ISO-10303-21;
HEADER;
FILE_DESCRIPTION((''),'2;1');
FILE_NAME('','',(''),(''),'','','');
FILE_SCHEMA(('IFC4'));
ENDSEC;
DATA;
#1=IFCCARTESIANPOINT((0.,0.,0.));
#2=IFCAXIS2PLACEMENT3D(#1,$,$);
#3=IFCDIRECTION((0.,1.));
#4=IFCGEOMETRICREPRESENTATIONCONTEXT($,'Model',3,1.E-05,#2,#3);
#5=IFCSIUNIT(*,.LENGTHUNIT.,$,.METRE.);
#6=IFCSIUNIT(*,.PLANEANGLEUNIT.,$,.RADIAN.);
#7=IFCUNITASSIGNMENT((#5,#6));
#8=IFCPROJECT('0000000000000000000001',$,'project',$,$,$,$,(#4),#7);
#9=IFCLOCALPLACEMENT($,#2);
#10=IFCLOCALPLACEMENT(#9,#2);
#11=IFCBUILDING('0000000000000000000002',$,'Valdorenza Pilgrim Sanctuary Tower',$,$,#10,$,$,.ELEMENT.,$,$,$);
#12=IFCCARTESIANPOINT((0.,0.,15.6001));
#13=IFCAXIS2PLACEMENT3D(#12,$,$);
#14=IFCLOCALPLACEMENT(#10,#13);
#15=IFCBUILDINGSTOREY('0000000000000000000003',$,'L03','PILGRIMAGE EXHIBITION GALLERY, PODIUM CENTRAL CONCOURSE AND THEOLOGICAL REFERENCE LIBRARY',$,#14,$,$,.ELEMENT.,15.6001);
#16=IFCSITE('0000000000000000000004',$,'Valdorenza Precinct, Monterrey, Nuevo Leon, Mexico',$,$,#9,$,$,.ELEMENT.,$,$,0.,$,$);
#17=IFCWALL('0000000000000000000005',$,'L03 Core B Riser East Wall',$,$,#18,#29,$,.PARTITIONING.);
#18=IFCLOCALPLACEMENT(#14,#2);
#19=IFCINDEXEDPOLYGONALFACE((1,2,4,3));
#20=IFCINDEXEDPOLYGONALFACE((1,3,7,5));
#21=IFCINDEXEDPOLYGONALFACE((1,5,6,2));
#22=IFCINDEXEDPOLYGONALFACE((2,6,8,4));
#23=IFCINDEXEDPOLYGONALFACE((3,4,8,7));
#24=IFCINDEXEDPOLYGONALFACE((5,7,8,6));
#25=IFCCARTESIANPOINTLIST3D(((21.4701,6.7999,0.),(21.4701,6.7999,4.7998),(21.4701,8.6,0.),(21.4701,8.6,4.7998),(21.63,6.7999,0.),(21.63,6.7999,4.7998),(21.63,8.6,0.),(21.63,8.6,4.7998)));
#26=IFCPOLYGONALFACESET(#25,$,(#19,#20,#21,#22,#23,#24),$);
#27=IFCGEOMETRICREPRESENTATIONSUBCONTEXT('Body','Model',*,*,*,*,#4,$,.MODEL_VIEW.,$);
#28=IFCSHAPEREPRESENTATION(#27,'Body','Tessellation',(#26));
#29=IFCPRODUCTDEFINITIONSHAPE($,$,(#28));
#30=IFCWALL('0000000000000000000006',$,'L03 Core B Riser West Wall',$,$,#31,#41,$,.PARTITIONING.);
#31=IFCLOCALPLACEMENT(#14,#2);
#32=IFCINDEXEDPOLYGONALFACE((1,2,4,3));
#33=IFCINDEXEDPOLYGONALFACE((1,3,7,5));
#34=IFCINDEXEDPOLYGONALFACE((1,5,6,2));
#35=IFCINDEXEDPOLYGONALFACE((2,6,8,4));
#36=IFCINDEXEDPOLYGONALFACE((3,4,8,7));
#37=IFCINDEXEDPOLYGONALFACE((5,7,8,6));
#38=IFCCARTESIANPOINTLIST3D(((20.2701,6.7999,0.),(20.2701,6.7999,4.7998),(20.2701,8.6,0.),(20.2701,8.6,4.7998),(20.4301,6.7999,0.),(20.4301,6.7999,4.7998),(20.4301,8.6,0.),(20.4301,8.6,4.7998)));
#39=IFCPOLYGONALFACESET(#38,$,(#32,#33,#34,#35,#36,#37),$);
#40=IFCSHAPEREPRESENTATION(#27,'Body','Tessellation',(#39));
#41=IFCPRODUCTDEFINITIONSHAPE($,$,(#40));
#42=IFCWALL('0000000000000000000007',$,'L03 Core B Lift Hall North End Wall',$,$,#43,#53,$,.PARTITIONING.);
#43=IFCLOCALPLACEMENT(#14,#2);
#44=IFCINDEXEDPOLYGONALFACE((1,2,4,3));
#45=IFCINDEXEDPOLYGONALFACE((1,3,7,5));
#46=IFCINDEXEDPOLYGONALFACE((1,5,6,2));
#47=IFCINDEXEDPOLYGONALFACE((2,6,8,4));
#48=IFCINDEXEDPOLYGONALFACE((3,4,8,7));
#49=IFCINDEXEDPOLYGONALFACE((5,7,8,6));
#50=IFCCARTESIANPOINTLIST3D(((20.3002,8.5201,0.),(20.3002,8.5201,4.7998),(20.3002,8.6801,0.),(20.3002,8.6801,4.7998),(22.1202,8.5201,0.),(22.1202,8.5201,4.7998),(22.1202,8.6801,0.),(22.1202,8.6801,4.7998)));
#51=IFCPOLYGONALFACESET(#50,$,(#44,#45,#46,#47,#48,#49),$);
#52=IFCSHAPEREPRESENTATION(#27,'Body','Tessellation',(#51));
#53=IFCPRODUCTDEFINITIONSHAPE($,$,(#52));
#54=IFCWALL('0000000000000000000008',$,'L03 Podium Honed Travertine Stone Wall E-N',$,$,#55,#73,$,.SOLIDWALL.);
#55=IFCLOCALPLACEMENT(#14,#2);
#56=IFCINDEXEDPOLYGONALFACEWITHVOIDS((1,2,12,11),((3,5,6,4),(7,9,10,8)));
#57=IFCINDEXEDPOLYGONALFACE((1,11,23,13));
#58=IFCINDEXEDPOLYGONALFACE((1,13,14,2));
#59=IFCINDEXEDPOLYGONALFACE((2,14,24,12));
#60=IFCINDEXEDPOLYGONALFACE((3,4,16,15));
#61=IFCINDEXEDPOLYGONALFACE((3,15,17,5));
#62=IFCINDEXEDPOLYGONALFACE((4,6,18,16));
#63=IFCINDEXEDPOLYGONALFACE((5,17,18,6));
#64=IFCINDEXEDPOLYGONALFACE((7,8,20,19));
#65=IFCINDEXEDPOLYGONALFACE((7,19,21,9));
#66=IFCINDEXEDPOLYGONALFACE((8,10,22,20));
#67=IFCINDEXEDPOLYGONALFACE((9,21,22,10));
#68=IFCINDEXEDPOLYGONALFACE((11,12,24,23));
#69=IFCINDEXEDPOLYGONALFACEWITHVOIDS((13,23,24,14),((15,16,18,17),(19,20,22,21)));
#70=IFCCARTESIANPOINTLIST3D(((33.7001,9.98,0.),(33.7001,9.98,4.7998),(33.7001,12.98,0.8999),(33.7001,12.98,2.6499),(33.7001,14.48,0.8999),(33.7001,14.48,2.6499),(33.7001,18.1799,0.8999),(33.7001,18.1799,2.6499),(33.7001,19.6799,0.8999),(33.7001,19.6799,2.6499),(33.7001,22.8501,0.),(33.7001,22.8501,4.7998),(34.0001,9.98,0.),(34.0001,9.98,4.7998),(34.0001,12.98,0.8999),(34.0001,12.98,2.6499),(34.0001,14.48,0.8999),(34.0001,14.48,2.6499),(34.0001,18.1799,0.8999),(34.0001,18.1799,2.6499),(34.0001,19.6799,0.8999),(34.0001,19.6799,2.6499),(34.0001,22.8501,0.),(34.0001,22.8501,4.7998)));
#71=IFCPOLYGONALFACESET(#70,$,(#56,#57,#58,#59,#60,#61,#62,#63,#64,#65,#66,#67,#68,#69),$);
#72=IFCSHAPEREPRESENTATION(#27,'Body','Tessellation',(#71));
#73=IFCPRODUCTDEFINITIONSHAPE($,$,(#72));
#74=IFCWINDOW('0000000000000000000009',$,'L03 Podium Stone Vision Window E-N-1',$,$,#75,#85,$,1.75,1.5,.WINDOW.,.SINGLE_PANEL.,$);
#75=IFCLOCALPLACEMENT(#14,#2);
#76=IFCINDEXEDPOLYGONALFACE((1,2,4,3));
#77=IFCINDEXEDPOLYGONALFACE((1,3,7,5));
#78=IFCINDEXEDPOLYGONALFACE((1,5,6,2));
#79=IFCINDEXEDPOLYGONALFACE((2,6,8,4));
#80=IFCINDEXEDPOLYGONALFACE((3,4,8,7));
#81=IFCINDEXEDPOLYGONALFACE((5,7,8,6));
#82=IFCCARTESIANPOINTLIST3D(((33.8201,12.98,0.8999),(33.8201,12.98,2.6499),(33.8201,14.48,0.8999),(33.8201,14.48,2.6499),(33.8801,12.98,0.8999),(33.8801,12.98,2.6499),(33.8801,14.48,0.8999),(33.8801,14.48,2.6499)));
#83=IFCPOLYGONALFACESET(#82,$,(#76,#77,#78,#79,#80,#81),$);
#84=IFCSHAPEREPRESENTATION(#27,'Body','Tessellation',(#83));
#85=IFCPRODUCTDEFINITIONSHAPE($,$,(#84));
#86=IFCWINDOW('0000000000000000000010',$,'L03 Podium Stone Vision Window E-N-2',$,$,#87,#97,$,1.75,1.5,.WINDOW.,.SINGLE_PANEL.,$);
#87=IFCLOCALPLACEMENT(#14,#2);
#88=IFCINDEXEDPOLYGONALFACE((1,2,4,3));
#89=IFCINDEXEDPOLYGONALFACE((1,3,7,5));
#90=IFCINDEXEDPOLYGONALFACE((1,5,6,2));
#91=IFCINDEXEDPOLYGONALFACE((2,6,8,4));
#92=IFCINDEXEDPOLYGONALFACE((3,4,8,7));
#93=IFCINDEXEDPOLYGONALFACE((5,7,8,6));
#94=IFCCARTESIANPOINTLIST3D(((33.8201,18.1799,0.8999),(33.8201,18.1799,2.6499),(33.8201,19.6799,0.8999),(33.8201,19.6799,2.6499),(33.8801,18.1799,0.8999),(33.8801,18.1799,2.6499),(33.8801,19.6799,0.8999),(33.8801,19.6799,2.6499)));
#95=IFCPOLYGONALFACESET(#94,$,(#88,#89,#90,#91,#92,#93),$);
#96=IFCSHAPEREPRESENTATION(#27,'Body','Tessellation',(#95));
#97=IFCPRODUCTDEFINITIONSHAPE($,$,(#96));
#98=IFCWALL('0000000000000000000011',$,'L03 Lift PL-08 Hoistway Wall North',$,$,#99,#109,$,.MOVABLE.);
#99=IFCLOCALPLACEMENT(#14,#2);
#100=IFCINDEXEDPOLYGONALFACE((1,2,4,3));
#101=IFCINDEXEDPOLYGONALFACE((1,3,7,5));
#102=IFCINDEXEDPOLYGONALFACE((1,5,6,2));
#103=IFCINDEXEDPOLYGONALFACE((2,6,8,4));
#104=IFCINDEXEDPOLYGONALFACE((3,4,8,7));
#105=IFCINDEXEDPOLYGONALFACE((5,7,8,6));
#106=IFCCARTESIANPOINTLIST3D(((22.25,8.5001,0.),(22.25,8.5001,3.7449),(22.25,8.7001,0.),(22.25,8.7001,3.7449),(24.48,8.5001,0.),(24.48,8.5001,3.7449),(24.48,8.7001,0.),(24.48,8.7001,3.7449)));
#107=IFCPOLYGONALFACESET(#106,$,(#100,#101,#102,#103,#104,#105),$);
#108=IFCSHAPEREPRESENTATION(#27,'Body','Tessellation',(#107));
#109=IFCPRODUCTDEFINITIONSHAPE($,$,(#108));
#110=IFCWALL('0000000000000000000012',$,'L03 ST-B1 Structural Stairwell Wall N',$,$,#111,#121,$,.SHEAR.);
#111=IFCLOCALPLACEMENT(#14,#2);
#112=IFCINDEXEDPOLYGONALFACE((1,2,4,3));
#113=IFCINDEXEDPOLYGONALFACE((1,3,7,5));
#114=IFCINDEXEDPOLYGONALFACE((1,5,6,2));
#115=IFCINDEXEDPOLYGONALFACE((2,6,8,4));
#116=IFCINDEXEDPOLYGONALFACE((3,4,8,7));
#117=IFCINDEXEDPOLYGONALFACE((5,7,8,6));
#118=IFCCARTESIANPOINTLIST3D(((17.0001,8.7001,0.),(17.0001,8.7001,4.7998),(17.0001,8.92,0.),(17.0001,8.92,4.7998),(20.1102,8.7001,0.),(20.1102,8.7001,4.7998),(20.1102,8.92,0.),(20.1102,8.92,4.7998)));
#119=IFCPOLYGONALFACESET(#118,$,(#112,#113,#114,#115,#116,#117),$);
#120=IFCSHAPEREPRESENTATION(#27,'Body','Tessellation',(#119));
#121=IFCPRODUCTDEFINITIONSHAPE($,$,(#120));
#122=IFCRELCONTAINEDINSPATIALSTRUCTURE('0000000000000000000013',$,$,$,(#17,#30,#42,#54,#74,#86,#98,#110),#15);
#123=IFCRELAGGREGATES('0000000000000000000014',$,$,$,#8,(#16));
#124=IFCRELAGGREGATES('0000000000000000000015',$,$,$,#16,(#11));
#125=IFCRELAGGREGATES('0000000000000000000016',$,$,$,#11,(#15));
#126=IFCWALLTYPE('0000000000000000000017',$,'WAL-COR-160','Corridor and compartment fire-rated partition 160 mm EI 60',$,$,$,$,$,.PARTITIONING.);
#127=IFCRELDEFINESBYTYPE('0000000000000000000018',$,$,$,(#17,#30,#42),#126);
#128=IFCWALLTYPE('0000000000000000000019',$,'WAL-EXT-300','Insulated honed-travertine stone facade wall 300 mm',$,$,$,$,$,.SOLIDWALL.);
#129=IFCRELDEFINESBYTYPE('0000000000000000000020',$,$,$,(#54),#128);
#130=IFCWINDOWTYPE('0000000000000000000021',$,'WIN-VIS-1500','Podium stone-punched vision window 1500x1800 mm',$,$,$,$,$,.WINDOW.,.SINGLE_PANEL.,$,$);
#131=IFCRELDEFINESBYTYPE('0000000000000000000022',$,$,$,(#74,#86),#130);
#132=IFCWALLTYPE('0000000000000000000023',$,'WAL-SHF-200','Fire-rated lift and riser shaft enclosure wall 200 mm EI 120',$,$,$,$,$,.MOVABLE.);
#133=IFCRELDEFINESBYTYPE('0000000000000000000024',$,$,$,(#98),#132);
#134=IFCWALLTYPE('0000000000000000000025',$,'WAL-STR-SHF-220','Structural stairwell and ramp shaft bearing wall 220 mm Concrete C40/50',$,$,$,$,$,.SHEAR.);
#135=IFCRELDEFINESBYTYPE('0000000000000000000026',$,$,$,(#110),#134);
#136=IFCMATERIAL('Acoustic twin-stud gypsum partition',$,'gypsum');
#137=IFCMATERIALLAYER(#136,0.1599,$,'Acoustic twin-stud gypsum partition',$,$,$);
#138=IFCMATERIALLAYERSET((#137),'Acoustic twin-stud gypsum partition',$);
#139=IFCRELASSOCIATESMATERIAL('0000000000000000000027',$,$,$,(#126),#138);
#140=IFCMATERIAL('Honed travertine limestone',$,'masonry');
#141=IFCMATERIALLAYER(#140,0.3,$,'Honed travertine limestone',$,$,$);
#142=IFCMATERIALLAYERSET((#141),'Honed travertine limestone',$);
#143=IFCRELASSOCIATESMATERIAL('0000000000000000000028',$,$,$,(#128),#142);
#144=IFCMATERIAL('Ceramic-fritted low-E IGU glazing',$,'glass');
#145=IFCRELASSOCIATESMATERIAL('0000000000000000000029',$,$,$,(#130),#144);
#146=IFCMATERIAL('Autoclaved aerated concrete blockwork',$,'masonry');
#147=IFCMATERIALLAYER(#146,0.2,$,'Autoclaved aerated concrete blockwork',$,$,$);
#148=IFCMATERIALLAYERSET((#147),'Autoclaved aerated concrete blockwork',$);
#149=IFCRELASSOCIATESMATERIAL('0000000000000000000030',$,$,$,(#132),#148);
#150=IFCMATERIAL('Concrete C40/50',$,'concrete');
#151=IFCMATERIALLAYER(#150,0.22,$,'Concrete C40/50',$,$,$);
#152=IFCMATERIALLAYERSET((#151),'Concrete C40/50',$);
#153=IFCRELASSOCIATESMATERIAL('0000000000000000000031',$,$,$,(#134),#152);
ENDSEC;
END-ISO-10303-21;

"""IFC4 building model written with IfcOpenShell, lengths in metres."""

from ifc_helpers import new_model, si_unit, direction, frame, frame_2d, origin, place, context, subcontext, project, spatial, rectangle, extrude, material, layer, layer_set, type_object, element, fill, save


model = new_model("IFC4")

# Units and contexts
model_context = context("Model", 3, precision=1e-05, world=origin(), true_north=direction((0.0, 1.0)))
body_context = subcontext(model_context, "Body", "Model", "MODEL_VIEW")
ifc_project = project(units=[si_unit("LENGTHUNIT", "METRE"), si_unit("PLANEANGLEUNIT", "RADIAN")], contexts=[model_context])

# Site, building, storey
site_placement = place(None, origin())
site = spatial("IfcSite", under=ifc_project, at=site_placement, Name="Valdorenza Precinct, Monterrey, Nuevo Leon, Mexico", CompositionType="ELEMENT", RefElevation=0.0)
building_placement = place(site_placement, origin())
building = spatial("IfcBuilding", under=site, at=building_placement, Name="Valdorenza Pilgrim Sanctuary Tower", CompositionType="ELEMENT")
storey_placement = place(building_placement, frame((0.0, 0.0, 15.6001)))
storey = spatial("IfcBuildingStorey", under=building, at=storey_placement, Name="L03", Description="PILGRIMAGE EXHIBITION GALLERY, PODIUM CENTRAL CONCOURSE AND THEOLOGICAL REFERENCE LIBRARY", CompositionType="ELEMENT", Elevation=15.6001)

# Shared definitions
ifc_material_1 = material(Name="Honed travertine limestone", Category="masonry")
ifc_material_2 = material(Name="Ceramic-fritted low-E IGU glazing", Category="glass")

# Shared definitions
ifc_material_3 = material(Name="Acoustic twin-stud gypsum partition", Category="gypsum")
ifc_layer_1 = layer(ifc_material_3, 0.1599, Name="Acoustic twin-stud gypsum partition")
ifc_layer_set_1 = layer_set([ifc_layer_1], Name="Acoustic twin-stud gypsum partition")
wall_type_1 = type_object("IfcWallType", Name="WAL-COR-160", Description="Corridor and compartment fire-rated partition 160 mm EI 60", PredefinedType="PARTITIONING", material=ifc_layer_set_1)

# Walls
for number, where, z_axis, x_axis, name in (
    (1, (21.55, 6.8, 0.0), (0.0, 0.0, 1.0), (0.0, 1.0, 0.0), "L03 Core B Riser East Wall"),
    (2, (20.3501, 6.8, 0.0), (0.0, 0.0, 1.0), (0.0, 1.0, 0.0), "L03 Core B Riser West Wall"),
):
    element("IfcWall", number, at=place(storey_placement, frame(where, z_axis=z_axis, x_axis=x_axis)), inside=storey, type_object=wall_type_1, Name=name, PredefinedType="PARTITIONING", context=body_context, shape_type="SweptSolid", body=[
        extrude(rectangle(XDim=1.8, YDim=0.1599, at=frame_2d((0.8999, 0.0))), origin(), (0.0, 0.0, 1.0), 4.7998),
    ])
wall_1_placement = place(storey_placement, frame((20.3, 8.6001, 0.0), z_axis=(0.0, 0.0, 1.0), x_axis=(1.0, 0.0, 0.0)))
element("IfcWall", 3, at=wall_1_placement, inside=storey, type_object=wall_type_1, Name="L03 Core B Lift Hall North End Wall", PredefinedType="PARTITIONING", context=body_context, shape_type="SweptSolid", body=[
    extrude(rectangle(XDim=1.8201, YDim=0.1599, at=frame_2d((0.9102, 0.0))), origin(), (0.0, 0.0, 1.0), 4.7998),
])

# Wall, openings, windows
ifc_layer_2 = layer(ifc_material_1, 0.3, Name="Honed travertine limestone")
ifc_layer_set_2 = layer_set([ifc_layer_2], Name="Honed travertine limestone")
wall_type_2 = type_object("IfcWallType", Name="WAL-EXT-300", Description="Insulated honed-travertine stone facade wall 300 mm", PredefinedType="SOLIDWALL", material=ifc_layer_set_2)
wall_2_placement = place(storey_placement, frame((33.8501, 9.98, 0.0), z_axis=(0.0, 0.0, 1.0), x_axis=(0.0, 1.0, 0.0)))
wall_2 = element("IfcWall", 4, at=wall_2_placement, inside=storey, type_object=wall_type_2, Name="L03 Podium Honed Travertine Stone Wall E-N", PredefinedType="SOLIDWALL", context=body_context, shape_type="SweptSolid", body=[
    extrude(rectangle(XDim=12.8701, YDim=0.3, at=frame_2d((6.4351, 0.0))), origin(), (0.0, 0.0, 1.0), 4.7998),
])
opening_1_placement = place(wall_2_placement, frame((3.0, 0.0, 0.8999)))
opening_1 = element("IfcOpeningElement", 5, at=opening_1_placement, cuts=wall_2, PredefinedType="OPENING", context=body_context, shape_type="SweptSolid", body=[
    extrude(rectangle(XDim=1.5, YDim=1.75, at=frame_2d((0.75, 0.875))), frame((0.0, 0.165, 0.0), z_axis=(0.0, -1.0, 0.0), x_axis=(1.0, 0.0, 0.0)), (0.0, 0.0, 1.0), 0.3298),
])
opening_2_placement = place(wall_2_placement, frame((8.2, 0.0, 0.8999)))
opening_2 = element("IfcOpeningElement", 6, at=opening_2_placement, cuts=wall_2, PredefinedType="OPENING", context=body_context, shape_type="SweptSolid", body=[
    extrude(rectangle(XDim=1.5, YDim=1.75, at=frame_2d((0.75, 0.875))), frame((0.0, 0.165, 0.0), z_axis=(0.0, -1.0, 0.0), x_axis=(1.0, 0.0, 0.0)), (0.0, 0.0, 1.0), 0.3298),
])
window_type = type_object("IfcWindowType", Name="WIN-VIS-1500", Description="Podium stone-punched vision window 1500x1800 mm", PartitioningType="SINGLE_PANEL", PredefinedType="WINDOW", material=ifc_material_2)
window_1_placement = place(opening_1_placement, origin())
window_1 = element("IfcWindow", 7, at=window_1_placement, inside=storey, type_object=window_type, Name="L03 Podium Stone Vision Window E-N-1", OverallHeight=1.75, OverallWidth=1.5, PartitioningType="SINGLE_PANEL", PredefinedType="WINDOW", context=body_context, shape_type="SweptSolid", body=[
    extrude(rectangle(XDim=1.5, YDim=1.75, at=frame_2d((0.75, 0.875))), frame((0.0, 0.03, 0.0), z_axis=(0.0, -1.0, 0.0), x_axis=(1.0, 0.0, 0.0)), (0.0, 0.0, 1.0), 0.0601),
])
fill(opening_1, window_1)
window_2_placement = place(opening_2_placement, origin())
window_2 = element("IfcWindow", 8, at=window_2_placement, inside=storey, type_object=window_type, Name="L03 Podium Stone Vision Window E-N-2", OverallHeight=1.75, OverallWidth=1.5, PartitioningType="SINGLE_PANEL", PredefinedType="WINDOW", context=body_context, shape_type="SweptSolid", body=[
    extrude(rectangle(XDim=1.5, YDim=1.75, at=frame_2d((0.75, 0.875))), frame((0.0, 0.03, 0.0), z_axis=(0.0, -1.0, 0.0), x_axis=(1.0, 0.0, 0.0)), (0.0, 0.0, 1.0), 0.0601),
])
fill(opening_2, window_2)

# Walls
ifc_material_4 = material(Name="Autoclaved aerated concrete blockwork", Category="masonry")
ifc_layer_3 = layer(ifc_material_4, 0.2, Name="Autoclaved aerated concrete blockwork")
ifc_layer_set_3 = layer_set([ifc_layer_3], Name="Autoclaved aerated concrete blockwork")
wall_type_3 = type_object("IfcWallType", Name="WAL-SHF-200", Description="Fire-rated lift and riser shaft enclosure wall 200 mm EI 120", PredefinedType="MOVABLE", material=ifc_layer_set_3)
wall_3_placement = place(storey_placement, frame((22.25, 8.6001, 0.0), z_axis=(0.0, 0.0, 1.0), x_axis=(1.0, 0.0, 0.0)))
element("IfcWall", 9, at=wall_3_placement, inside=storey, type_object=wall_type_3, Name="L03 Lift PL-08 Hoistway Wall North", PredefinedType="MOVABLE", context=body_context, shape_type="SweptSolid", body=[
    extrude(rectangle(XDim=2.23, YDim=0.2, at=frame_2d((1.115, 0.0))), origin(), (0.0, 0.0, 1.0), 3.7449),
])
ifc_material_5 = material(Name="Concrete C40/50", Category="concrete")
ifc_layer_4 = layer(ifc_material_5, 0.22, Name="Concrete C40/50")
ifc_layer_set_4 = layer_set([ifc_layer_4], Name="Concrete C40/50")
wall_type_4 = type_object("IfcWallType", Name="WAL-STR-SHF-220", Description="Structural stairwell and ramp shaft bearing wall 220 mm Concrete C40/50", PredefinedType="SHEAR", material=ifc_layer_set_4)
wall_4_placement = place(storey_placement, frame((17.0, 8.8101, 0.0), z_axis=(0.0, 0.0, 1.0), x_axis=(1.0, 0.0, 0.0)))
element("IfcWall", 10, at=wall_4_placement, inside=storey, type_object=wall_type_4, Name="L03 ST-B1 Structural Stairwell Wall N", PredefinedType="SHEAR", context=body_context, shape_type="SweptSolid", body=[
    extrude(rectangle(XDim=3.1101, YDim=0.22, at=frame_2d((1.5552, 0.0))), origin(), (0.0, 0.0, 1.0), 4.7998),
])

save(model, "model.ifc")
